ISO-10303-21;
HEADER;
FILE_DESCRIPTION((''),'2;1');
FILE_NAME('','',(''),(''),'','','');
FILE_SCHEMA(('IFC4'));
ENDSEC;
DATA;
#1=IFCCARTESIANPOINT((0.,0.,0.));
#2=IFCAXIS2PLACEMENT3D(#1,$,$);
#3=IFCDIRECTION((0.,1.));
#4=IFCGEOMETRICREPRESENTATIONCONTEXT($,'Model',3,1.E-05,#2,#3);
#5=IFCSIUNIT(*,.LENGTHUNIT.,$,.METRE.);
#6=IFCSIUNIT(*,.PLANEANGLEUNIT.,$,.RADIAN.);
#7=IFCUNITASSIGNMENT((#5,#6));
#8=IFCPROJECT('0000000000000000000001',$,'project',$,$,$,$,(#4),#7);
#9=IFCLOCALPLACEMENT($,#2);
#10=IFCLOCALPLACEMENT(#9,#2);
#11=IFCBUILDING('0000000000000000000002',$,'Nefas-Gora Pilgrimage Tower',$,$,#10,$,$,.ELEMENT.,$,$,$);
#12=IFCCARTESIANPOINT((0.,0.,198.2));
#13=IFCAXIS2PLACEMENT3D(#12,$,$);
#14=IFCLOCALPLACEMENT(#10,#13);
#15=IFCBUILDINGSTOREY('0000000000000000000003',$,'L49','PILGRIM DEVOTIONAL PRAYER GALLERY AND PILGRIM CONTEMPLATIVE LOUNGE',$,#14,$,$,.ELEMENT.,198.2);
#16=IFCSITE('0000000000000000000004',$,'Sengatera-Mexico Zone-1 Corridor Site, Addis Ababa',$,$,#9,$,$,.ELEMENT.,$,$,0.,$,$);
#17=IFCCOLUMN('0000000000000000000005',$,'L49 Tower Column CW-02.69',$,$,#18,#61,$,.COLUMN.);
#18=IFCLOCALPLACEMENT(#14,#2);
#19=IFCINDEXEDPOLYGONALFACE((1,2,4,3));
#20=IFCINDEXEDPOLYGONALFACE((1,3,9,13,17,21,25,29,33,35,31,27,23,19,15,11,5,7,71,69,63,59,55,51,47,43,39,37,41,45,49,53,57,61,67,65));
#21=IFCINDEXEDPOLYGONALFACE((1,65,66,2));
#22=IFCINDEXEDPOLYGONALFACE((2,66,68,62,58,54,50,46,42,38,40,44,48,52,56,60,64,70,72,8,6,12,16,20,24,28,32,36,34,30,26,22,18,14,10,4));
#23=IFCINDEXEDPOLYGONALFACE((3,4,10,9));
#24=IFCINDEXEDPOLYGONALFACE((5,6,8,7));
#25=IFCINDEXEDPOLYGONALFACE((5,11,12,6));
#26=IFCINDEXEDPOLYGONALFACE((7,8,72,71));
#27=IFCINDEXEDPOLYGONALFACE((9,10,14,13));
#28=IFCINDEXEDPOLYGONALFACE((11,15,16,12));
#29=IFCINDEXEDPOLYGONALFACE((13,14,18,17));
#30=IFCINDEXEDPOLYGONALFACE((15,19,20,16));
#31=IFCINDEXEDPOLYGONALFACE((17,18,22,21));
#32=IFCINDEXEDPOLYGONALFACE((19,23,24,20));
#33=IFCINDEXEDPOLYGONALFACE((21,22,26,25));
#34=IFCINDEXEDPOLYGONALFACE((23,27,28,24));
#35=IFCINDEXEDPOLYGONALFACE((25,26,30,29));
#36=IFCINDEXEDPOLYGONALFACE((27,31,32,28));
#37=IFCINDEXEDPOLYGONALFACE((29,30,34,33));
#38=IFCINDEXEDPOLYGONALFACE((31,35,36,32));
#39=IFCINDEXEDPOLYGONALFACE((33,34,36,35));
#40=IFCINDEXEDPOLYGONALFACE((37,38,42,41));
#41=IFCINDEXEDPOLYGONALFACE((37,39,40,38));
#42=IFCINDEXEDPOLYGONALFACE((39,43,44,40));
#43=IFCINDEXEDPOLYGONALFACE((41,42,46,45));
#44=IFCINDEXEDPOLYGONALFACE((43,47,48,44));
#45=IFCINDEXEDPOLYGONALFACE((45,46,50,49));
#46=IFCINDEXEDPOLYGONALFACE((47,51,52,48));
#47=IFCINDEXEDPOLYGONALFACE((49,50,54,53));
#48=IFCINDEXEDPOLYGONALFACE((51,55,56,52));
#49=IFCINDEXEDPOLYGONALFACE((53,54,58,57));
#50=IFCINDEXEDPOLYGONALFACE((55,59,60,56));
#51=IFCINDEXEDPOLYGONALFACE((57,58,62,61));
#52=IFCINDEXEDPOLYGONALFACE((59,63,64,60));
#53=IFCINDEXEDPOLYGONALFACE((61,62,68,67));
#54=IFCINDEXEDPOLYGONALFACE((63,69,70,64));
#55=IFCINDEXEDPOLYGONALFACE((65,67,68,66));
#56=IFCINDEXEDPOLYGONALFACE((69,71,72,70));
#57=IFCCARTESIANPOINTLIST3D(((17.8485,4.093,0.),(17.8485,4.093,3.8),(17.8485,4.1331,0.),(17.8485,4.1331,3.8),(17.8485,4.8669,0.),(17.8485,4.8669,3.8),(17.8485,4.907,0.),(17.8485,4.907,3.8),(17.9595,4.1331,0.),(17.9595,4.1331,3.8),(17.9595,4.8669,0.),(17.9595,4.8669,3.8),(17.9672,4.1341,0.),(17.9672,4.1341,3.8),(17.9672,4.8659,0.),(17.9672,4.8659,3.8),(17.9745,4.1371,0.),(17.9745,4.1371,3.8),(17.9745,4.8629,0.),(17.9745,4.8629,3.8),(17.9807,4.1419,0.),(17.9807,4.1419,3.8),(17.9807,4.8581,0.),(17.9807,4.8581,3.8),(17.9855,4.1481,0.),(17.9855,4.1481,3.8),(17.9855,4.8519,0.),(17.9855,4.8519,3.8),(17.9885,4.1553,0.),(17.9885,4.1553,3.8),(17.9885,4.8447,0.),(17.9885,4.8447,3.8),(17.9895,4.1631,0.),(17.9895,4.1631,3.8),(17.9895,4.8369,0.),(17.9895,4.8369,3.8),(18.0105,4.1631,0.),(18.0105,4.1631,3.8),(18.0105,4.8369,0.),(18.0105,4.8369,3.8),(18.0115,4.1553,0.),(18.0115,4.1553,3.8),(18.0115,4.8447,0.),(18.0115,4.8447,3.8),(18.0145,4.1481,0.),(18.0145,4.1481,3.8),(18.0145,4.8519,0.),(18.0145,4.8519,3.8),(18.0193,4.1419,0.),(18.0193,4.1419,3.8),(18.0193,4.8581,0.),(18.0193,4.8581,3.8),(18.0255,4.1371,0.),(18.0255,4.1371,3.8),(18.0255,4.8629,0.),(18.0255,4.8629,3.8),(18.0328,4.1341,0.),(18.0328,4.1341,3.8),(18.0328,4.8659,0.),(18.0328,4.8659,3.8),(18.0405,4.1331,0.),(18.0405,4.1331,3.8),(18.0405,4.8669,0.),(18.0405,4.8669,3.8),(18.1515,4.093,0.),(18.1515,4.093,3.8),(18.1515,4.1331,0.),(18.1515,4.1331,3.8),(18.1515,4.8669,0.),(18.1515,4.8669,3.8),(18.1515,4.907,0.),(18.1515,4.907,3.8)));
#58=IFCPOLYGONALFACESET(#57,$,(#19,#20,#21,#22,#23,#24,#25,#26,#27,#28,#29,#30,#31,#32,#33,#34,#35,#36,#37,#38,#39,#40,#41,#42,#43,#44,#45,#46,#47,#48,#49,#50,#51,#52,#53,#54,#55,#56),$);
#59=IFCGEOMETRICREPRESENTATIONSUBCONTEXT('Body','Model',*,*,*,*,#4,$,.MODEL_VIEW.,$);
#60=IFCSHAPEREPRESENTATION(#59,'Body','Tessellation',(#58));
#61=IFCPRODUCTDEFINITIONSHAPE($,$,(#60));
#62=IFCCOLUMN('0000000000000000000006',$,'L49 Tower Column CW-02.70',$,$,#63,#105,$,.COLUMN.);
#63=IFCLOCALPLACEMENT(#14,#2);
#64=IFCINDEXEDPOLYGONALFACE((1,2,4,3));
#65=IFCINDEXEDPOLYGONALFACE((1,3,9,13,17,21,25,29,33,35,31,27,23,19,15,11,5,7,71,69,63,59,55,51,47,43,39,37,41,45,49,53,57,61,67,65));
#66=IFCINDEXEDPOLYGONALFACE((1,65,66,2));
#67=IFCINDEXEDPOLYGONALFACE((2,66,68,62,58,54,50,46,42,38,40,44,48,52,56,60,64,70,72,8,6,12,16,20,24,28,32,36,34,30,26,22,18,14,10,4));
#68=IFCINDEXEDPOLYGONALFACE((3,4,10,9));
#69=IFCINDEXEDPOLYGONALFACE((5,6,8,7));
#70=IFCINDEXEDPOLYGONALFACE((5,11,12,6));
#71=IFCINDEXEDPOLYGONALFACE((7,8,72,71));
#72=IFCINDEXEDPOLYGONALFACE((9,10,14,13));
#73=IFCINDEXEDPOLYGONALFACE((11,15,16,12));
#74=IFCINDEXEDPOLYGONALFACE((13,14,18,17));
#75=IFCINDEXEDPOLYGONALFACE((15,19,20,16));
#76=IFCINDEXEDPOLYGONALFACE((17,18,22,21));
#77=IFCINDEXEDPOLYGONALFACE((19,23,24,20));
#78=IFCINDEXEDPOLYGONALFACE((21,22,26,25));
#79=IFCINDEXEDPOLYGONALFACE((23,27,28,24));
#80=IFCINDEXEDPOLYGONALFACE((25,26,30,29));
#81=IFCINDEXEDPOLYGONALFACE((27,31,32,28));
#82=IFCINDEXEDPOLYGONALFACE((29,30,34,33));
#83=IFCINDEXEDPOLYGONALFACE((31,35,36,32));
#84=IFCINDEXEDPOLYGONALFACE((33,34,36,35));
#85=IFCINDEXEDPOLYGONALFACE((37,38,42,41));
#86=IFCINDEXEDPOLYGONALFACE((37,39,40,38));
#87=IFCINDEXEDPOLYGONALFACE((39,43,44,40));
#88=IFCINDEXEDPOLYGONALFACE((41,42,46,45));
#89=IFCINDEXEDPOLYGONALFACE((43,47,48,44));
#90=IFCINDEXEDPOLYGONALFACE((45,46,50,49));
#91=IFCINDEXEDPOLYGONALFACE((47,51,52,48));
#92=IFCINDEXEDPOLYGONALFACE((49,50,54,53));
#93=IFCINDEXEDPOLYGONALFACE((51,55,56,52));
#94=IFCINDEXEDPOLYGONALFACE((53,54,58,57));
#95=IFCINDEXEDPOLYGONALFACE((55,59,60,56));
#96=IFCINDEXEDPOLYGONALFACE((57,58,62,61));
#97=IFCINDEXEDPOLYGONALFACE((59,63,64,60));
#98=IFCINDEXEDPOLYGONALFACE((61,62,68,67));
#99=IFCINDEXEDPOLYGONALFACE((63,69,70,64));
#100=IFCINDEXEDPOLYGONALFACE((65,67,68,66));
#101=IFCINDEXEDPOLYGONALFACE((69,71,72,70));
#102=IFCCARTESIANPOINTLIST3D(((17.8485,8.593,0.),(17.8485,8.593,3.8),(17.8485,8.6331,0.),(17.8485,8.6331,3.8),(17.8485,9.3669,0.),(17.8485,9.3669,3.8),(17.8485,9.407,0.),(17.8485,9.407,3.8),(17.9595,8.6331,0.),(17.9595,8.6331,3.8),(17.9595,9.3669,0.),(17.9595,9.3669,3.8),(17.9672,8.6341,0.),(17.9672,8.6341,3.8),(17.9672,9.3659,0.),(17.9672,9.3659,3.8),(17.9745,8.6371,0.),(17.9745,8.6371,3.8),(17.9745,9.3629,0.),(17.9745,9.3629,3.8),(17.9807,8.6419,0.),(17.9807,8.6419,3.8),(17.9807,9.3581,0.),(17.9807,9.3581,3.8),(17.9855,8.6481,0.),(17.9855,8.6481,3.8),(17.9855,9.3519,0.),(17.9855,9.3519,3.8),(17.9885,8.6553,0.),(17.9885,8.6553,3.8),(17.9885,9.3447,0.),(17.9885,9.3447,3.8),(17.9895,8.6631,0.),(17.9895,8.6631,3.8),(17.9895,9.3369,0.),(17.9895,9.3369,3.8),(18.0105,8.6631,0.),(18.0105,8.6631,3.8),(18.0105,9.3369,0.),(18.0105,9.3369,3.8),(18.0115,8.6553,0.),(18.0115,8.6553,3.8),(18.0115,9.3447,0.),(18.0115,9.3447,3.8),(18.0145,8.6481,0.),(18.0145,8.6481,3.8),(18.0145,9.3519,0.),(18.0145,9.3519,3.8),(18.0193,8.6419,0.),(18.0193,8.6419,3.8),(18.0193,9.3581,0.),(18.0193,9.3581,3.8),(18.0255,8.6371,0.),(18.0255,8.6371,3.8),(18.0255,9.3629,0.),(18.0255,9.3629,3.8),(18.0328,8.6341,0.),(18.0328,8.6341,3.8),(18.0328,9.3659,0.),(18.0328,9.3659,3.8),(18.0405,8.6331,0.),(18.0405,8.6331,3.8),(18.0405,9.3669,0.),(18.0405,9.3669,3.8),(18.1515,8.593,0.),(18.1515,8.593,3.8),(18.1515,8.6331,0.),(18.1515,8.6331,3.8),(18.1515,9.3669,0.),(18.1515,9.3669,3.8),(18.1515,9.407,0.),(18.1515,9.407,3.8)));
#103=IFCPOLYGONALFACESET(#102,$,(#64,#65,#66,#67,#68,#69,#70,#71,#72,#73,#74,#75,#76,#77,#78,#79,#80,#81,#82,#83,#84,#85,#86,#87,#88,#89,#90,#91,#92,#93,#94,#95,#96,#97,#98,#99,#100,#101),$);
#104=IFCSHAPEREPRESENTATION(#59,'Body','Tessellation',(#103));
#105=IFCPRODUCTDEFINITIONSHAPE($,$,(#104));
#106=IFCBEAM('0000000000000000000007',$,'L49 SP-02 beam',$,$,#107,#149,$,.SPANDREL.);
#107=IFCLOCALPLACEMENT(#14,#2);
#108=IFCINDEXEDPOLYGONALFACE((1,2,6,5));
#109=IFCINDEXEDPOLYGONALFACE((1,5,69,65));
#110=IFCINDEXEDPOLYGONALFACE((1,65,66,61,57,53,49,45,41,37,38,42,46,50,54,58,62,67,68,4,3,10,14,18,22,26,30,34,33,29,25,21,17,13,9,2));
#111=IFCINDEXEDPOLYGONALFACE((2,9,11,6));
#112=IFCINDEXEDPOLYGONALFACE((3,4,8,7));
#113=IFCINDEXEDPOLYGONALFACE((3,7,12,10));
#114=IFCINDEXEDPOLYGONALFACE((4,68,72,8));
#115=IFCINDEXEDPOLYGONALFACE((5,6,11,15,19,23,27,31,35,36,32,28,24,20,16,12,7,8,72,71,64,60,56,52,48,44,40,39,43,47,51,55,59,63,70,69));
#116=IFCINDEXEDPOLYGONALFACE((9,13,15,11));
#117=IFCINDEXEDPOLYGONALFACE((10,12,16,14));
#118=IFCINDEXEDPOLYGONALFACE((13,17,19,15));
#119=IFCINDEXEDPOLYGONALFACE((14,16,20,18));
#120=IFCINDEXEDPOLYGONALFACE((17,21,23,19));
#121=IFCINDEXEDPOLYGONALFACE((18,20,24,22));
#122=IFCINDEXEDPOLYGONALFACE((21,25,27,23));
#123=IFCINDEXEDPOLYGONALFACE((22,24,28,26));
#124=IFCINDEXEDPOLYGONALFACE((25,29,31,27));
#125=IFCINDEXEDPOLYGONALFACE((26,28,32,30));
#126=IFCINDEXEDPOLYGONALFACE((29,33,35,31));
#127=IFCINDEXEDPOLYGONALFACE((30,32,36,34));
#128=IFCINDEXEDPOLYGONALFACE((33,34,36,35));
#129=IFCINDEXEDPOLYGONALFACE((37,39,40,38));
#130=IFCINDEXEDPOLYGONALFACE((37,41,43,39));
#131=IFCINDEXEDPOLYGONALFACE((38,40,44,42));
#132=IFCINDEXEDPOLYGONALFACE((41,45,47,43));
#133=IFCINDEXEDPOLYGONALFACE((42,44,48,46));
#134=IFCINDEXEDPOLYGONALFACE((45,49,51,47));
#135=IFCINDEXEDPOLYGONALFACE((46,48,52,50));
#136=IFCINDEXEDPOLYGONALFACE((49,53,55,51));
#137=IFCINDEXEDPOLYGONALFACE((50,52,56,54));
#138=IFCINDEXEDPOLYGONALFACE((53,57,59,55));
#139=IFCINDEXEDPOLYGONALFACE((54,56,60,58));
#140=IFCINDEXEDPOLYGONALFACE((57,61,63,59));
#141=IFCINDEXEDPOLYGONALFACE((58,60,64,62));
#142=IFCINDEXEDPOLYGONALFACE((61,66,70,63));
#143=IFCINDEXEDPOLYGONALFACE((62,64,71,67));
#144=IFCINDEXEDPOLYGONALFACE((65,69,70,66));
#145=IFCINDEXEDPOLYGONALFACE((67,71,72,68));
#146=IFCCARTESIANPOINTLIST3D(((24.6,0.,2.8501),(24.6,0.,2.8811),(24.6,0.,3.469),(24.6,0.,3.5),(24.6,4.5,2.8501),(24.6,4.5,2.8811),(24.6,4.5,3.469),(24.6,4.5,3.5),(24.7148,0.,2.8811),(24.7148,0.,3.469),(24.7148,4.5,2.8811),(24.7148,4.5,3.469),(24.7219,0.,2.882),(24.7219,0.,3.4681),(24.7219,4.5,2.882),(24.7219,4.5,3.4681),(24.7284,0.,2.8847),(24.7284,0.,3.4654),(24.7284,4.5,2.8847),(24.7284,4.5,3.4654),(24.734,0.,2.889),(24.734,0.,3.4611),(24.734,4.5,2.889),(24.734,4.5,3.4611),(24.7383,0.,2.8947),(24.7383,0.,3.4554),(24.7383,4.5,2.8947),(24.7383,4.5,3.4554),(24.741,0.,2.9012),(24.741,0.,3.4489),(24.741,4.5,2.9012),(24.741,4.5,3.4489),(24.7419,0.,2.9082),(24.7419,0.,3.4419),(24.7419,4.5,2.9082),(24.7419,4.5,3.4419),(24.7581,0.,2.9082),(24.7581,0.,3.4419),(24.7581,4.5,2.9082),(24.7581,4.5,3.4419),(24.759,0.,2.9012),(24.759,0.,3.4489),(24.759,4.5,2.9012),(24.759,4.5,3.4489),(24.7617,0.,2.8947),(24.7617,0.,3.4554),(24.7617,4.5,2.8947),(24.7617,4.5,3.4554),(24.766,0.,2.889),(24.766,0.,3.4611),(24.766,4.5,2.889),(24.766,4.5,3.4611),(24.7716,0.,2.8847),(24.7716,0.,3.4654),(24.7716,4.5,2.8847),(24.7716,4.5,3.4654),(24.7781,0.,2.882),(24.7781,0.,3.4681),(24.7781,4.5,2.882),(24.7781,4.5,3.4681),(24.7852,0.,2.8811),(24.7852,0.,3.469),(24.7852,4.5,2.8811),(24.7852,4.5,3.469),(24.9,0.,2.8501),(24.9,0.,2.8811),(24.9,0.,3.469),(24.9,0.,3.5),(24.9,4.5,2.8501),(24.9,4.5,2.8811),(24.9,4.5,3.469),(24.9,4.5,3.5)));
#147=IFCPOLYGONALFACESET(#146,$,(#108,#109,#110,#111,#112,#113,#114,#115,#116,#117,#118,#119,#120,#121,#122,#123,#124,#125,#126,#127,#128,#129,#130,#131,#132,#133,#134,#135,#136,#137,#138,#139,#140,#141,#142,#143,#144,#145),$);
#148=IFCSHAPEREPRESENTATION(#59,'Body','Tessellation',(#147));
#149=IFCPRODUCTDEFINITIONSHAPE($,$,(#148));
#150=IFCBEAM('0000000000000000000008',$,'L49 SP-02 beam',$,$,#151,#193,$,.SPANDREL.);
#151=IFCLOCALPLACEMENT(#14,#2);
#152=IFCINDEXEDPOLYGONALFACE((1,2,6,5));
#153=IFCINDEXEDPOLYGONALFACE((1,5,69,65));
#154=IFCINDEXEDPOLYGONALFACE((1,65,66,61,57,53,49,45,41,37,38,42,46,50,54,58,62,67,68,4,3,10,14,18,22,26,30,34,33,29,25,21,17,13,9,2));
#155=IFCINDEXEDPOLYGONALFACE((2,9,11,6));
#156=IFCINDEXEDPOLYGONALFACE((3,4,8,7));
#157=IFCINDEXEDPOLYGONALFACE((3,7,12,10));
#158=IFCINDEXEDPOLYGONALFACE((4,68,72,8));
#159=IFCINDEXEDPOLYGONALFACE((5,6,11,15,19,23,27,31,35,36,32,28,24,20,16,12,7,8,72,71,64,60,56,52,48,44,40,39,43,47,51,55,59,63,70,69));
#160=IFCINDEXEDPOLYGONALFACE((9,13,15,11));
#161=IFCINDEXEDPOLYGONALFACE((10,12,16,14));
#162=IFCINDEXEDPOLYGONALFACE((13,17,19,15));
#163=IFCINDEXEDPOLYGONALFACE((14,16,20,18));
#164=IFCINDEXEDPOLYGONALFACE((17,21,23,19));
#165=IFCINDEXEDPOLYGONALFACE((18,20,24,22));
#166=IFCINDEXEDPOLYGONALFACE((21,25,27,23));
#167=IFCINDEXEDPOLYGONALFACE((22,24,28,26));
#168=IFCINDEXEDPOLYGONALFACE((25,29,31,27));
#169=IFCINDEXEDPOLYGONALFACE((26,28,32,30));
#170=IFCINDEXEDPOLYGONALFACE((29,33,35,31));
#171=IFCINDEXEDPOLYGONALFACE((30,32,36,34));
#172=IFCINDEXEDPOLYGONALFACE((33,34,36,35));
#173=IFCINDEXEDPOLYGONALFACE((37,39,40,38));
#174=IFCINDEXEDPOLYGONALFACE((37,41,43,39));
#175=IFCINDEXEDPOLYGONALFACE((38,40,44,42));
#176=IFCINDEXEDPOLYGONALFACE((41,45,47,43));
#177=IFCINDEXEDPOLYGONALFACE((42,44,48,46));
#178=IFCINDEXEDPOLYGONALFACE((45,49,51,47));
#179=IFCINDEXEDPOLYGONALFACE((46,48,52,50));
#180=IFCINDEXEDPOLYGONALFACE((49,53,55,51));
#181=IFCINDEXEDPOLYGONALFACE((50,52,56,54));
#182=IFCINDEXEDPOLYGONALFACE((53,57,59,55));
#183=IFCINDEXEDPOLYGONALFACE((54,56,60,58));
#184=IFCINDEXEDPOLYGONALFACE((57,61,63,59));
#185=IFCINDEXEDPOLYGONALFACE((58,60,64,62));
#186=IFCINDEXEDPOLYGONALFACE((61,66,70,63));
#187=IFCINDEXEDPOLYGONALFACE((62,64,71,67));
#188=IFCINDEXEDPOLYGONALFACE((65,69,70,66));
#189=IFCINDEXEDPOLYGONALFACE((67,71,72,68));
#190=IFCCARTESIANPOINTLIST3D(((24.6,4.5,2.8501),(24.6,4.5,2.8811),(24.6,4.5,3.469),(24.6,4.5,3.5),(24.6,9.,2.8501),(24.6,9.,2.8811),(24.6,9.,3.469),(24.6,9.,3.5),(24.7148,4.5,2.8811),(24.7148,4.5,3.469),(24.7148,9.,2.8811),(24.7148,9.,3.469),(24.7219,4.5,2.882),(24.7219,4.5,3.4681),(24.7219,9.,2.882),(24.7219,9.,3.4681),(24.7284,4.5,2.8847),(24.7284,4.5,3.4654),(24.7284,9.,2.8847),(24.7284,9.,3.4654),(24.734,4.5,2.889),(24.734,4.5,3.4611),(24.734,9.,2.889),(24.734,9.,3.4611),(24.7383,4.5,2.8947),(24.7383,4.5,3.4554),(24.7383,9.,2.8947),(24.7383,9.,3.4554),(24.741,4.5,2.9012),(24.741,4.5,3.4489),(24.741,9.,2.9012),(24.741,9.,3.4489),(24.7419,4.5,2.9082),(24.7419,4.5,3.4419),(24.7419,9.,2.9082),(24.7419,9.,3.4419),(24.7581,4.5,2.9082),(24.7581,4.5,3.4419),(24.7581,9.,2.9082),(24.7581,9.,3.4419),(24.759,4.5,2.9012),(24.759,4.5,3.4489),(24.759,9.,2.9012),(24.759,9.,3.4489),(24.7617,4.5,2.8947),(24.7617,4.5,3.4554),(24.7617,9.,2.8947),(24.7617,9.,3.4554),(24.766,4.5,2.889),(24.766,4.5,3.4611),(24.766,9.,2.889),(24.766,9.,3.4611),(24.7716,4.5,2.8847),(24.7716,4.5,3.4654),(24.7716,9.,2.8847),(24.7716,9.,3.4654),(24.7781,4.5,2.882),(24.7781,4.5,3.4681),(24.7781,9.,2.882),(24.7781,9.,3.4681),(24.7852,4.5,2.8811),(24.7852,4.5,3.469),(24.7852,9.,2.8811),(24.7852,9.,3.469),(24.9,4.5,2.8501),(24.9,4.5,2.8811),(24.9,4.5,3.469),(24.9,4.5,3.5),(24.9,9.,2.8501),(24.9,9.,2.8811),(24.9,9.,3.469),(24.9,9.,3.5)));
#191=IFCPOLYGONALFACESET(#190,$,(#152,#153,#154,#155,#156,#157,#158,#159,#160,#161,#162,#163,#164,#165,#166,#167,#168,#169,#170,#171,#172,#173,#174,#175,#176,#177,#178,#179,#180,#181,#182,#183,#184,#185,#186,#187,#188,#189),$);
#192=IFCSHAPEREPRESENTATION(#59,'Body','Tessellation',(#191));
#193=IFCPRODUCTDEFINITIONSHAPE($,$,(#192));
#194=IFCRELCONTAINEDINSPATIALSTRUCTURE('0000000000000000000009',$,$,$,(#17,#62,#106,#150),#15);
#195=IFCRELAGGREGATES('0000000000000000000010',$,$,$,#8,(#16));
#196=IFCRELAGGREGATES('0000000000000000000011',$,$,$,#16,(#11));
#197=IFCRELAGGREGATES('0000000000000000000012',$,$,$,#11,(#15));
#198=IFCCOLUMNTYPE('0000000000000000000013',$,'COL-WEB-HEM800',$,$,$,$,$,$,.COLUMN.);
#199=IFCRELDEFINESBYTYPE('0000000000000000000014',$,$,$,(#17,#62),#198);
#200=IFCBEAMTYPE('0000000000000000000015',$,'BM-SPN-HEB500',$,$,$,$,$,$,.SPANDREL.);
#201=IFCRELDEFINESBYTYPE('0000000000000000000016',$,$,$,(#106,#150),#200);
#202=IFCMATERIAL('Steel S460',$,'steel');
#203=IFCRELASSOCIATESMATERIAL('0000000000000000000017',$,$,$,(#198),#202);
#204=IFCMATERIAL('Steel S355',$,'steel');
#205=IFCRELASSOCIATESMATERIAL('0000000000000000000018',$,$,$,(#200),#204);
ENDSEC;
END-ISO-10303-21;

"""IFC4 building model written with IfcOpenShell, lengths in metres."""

from ifc_helpers import new_model, si_unit, direction, frame, origin, origin_2d, place, context, subcontext, project, spatial, i_section, extrude, source, transform, mapped, material, material_profile, profile_set, type_object, element, save


model = new_model("IFC4")

# Units and contexts
model_context = context("Model", 3, precision=1e-05, world=origin(), true_north=direction((0.0, 1.0)))
body_context = subcontext(model_context, "Body", "Model", "MODEL_VIEW")
ifc_project = project(units=[si_unit("LENGTHUNIT", "METRE"), si_unit("PLANEANGLEUNIT", "RADIAN")], contexts=[model_context])

# Site, building, storey
site_placement = place(None, origin())
site = spatial("IfcSite", under=ifc_project, at=site_placement, Name="Sengatera-Mexico Zone-1 Corridor Site, Addis Ababa", CompositionType="ELEMENT", RefElevation=0.0)
building_placement = place(site_placement, origin())
building = spatial("IfcBuilding", under=site, at=building_placement, Name="Nefas-Gora Pilgrimage Tower", CompositionType="ELEMENT")
storey_placement = place(building_placement, frame((0.0, 0.0, 198.2)))
storey = spatial("IfcBuildingStorey", under=building, at=storey_placement, Name="L49", Description="PILGRIM DEVOTIONAL PRAYER GALLERY AND PILGRIM CONTEMPLATIVE LOUNGE", CompositionType="ELEMENT", Elevation=198.2)

# Columns
ifc_material_1 = material(Name="Steel S460", Category="steel")
ifc_material_profile_1 = material_profile(ifc_material_1, i_section(OverallWidth=0.303, OverallDepth=0.814, WebThickness=0.021, FlangeThickness=0.04, FilletRadius=0.03, at=origin_2d()), Name="HEM 800")
ifc_profile_set_1 = profile_set([ifc_material_profile_1], Name="Steel S460")
column_type_1 = type_object("IfcColumnType", Name="COL-WEB-HEM800", PredefinedType="COLUMN", material=ifc_profile_set_1)
shared_shape_1 = source(origin(), body_context, "Body", "SweptSolid", [
    extrude(i_section(OverallWidth=0.303, OverallDepth=0.814, WebThickness=0.021, FlangeThickness=0.04, FilletRadius=0.03, at=origin_2d()), origin(), (0.0, 0.0, 1.0), 3.8),
])
for number, where, z_axis, x_axis, name in (
    (1, (18.0, 4.5, 0.0), (0.0, 0.0, 1.0), (1.0, 0.0, 0.0), "L49 Tower Column CW-02.69"),
    (2, (18.0, 9.0, 0.0), (0.0, 0.0, 1.0), (1.0, 0.0, 0.0), "L49 Tower Column CW-02.70"),
):
    element("IfcColumn", number, at=place(storey_placement, frame(where, z_axis=z_axis, x_axis=x_axis)), inside=storey, type_object=column_type_1, Name=name, PredefinedType="COLUMN", context=body_context, shape_type="MappedRepresentation", body=[
        mapped(shared_shape_1, transform((0.0, 0.0, 0.0), x_axis=(1.0, 0.0, 0.0), y_axis=(0.0, 1.0, 0.0), z_axis=(0.0, 0.0, 1.0), scale=1.0)),
    ])

# Beams
ifc_material_2 = material(Name="Steel S355", Category="steel")
ifc_material_profile_2 = material_profile(ifc_material_2, i_section(OverallWidth=0.3, OverallDepth=0.6499, WebThickness=0.0161, FlangeThickness=0.031, FilletRadius=0.0271, at=origin_2d()), Name="HEB 650")
ifc_profile_set_2 = profile_set([ifc_material_profile_2], Name="Steel S355")
beam_type_1 = type_object("IfcBeamType", Name="BM-SPN-HEB500", PredefinedType="SPANDREL", material=ifc_profile_set_2)
shared_shape_2 = source(origin(), body_context, "Body", "SweptSolid", [
    extrude(i_section(OverallWidth=0.3, OverallDepth=0.6499, WebThickness=0.0161, FlangeThickness=0.031, FilletRadius=0.0271, at=origin_2d()), origin(), (0.0, 0.0, 1.0), 4.5),
])
for number, where, z_axis, x_axis, name in (
    (3, (24.75, 0.0, 3.175), (0.0, 1.0, 0.0), (-1.0, 0.0, 0.0), "L49 SP-02 beam"),
    (4, (24.75, 4.5, 3.175), (0.0, 1.0, 0.0), (-1.0, 0.0, 0.0), "L49 SP-02 beam"),
):
    element("IfcBeam", number, at=place(storey_placement, frame(where, z_axis=z_axis, x_axis=x_axis)), inside=storey, type_object=beam_type_1, Name=name, PredefinedType="SPANDREL", context=body_context, shape_type="MappedRepresentation", body=[
        mapped(shared_shape_2, transform((0.0, 0.0, 0.0), x_axis=(1.0, 0.0, 0.0), y_axis=(0.0, 1.0, 0.0), z_axis=(0.0, 0.0, 1.0), scale=1.0)),
    ])

save(model, "model.ifc")
